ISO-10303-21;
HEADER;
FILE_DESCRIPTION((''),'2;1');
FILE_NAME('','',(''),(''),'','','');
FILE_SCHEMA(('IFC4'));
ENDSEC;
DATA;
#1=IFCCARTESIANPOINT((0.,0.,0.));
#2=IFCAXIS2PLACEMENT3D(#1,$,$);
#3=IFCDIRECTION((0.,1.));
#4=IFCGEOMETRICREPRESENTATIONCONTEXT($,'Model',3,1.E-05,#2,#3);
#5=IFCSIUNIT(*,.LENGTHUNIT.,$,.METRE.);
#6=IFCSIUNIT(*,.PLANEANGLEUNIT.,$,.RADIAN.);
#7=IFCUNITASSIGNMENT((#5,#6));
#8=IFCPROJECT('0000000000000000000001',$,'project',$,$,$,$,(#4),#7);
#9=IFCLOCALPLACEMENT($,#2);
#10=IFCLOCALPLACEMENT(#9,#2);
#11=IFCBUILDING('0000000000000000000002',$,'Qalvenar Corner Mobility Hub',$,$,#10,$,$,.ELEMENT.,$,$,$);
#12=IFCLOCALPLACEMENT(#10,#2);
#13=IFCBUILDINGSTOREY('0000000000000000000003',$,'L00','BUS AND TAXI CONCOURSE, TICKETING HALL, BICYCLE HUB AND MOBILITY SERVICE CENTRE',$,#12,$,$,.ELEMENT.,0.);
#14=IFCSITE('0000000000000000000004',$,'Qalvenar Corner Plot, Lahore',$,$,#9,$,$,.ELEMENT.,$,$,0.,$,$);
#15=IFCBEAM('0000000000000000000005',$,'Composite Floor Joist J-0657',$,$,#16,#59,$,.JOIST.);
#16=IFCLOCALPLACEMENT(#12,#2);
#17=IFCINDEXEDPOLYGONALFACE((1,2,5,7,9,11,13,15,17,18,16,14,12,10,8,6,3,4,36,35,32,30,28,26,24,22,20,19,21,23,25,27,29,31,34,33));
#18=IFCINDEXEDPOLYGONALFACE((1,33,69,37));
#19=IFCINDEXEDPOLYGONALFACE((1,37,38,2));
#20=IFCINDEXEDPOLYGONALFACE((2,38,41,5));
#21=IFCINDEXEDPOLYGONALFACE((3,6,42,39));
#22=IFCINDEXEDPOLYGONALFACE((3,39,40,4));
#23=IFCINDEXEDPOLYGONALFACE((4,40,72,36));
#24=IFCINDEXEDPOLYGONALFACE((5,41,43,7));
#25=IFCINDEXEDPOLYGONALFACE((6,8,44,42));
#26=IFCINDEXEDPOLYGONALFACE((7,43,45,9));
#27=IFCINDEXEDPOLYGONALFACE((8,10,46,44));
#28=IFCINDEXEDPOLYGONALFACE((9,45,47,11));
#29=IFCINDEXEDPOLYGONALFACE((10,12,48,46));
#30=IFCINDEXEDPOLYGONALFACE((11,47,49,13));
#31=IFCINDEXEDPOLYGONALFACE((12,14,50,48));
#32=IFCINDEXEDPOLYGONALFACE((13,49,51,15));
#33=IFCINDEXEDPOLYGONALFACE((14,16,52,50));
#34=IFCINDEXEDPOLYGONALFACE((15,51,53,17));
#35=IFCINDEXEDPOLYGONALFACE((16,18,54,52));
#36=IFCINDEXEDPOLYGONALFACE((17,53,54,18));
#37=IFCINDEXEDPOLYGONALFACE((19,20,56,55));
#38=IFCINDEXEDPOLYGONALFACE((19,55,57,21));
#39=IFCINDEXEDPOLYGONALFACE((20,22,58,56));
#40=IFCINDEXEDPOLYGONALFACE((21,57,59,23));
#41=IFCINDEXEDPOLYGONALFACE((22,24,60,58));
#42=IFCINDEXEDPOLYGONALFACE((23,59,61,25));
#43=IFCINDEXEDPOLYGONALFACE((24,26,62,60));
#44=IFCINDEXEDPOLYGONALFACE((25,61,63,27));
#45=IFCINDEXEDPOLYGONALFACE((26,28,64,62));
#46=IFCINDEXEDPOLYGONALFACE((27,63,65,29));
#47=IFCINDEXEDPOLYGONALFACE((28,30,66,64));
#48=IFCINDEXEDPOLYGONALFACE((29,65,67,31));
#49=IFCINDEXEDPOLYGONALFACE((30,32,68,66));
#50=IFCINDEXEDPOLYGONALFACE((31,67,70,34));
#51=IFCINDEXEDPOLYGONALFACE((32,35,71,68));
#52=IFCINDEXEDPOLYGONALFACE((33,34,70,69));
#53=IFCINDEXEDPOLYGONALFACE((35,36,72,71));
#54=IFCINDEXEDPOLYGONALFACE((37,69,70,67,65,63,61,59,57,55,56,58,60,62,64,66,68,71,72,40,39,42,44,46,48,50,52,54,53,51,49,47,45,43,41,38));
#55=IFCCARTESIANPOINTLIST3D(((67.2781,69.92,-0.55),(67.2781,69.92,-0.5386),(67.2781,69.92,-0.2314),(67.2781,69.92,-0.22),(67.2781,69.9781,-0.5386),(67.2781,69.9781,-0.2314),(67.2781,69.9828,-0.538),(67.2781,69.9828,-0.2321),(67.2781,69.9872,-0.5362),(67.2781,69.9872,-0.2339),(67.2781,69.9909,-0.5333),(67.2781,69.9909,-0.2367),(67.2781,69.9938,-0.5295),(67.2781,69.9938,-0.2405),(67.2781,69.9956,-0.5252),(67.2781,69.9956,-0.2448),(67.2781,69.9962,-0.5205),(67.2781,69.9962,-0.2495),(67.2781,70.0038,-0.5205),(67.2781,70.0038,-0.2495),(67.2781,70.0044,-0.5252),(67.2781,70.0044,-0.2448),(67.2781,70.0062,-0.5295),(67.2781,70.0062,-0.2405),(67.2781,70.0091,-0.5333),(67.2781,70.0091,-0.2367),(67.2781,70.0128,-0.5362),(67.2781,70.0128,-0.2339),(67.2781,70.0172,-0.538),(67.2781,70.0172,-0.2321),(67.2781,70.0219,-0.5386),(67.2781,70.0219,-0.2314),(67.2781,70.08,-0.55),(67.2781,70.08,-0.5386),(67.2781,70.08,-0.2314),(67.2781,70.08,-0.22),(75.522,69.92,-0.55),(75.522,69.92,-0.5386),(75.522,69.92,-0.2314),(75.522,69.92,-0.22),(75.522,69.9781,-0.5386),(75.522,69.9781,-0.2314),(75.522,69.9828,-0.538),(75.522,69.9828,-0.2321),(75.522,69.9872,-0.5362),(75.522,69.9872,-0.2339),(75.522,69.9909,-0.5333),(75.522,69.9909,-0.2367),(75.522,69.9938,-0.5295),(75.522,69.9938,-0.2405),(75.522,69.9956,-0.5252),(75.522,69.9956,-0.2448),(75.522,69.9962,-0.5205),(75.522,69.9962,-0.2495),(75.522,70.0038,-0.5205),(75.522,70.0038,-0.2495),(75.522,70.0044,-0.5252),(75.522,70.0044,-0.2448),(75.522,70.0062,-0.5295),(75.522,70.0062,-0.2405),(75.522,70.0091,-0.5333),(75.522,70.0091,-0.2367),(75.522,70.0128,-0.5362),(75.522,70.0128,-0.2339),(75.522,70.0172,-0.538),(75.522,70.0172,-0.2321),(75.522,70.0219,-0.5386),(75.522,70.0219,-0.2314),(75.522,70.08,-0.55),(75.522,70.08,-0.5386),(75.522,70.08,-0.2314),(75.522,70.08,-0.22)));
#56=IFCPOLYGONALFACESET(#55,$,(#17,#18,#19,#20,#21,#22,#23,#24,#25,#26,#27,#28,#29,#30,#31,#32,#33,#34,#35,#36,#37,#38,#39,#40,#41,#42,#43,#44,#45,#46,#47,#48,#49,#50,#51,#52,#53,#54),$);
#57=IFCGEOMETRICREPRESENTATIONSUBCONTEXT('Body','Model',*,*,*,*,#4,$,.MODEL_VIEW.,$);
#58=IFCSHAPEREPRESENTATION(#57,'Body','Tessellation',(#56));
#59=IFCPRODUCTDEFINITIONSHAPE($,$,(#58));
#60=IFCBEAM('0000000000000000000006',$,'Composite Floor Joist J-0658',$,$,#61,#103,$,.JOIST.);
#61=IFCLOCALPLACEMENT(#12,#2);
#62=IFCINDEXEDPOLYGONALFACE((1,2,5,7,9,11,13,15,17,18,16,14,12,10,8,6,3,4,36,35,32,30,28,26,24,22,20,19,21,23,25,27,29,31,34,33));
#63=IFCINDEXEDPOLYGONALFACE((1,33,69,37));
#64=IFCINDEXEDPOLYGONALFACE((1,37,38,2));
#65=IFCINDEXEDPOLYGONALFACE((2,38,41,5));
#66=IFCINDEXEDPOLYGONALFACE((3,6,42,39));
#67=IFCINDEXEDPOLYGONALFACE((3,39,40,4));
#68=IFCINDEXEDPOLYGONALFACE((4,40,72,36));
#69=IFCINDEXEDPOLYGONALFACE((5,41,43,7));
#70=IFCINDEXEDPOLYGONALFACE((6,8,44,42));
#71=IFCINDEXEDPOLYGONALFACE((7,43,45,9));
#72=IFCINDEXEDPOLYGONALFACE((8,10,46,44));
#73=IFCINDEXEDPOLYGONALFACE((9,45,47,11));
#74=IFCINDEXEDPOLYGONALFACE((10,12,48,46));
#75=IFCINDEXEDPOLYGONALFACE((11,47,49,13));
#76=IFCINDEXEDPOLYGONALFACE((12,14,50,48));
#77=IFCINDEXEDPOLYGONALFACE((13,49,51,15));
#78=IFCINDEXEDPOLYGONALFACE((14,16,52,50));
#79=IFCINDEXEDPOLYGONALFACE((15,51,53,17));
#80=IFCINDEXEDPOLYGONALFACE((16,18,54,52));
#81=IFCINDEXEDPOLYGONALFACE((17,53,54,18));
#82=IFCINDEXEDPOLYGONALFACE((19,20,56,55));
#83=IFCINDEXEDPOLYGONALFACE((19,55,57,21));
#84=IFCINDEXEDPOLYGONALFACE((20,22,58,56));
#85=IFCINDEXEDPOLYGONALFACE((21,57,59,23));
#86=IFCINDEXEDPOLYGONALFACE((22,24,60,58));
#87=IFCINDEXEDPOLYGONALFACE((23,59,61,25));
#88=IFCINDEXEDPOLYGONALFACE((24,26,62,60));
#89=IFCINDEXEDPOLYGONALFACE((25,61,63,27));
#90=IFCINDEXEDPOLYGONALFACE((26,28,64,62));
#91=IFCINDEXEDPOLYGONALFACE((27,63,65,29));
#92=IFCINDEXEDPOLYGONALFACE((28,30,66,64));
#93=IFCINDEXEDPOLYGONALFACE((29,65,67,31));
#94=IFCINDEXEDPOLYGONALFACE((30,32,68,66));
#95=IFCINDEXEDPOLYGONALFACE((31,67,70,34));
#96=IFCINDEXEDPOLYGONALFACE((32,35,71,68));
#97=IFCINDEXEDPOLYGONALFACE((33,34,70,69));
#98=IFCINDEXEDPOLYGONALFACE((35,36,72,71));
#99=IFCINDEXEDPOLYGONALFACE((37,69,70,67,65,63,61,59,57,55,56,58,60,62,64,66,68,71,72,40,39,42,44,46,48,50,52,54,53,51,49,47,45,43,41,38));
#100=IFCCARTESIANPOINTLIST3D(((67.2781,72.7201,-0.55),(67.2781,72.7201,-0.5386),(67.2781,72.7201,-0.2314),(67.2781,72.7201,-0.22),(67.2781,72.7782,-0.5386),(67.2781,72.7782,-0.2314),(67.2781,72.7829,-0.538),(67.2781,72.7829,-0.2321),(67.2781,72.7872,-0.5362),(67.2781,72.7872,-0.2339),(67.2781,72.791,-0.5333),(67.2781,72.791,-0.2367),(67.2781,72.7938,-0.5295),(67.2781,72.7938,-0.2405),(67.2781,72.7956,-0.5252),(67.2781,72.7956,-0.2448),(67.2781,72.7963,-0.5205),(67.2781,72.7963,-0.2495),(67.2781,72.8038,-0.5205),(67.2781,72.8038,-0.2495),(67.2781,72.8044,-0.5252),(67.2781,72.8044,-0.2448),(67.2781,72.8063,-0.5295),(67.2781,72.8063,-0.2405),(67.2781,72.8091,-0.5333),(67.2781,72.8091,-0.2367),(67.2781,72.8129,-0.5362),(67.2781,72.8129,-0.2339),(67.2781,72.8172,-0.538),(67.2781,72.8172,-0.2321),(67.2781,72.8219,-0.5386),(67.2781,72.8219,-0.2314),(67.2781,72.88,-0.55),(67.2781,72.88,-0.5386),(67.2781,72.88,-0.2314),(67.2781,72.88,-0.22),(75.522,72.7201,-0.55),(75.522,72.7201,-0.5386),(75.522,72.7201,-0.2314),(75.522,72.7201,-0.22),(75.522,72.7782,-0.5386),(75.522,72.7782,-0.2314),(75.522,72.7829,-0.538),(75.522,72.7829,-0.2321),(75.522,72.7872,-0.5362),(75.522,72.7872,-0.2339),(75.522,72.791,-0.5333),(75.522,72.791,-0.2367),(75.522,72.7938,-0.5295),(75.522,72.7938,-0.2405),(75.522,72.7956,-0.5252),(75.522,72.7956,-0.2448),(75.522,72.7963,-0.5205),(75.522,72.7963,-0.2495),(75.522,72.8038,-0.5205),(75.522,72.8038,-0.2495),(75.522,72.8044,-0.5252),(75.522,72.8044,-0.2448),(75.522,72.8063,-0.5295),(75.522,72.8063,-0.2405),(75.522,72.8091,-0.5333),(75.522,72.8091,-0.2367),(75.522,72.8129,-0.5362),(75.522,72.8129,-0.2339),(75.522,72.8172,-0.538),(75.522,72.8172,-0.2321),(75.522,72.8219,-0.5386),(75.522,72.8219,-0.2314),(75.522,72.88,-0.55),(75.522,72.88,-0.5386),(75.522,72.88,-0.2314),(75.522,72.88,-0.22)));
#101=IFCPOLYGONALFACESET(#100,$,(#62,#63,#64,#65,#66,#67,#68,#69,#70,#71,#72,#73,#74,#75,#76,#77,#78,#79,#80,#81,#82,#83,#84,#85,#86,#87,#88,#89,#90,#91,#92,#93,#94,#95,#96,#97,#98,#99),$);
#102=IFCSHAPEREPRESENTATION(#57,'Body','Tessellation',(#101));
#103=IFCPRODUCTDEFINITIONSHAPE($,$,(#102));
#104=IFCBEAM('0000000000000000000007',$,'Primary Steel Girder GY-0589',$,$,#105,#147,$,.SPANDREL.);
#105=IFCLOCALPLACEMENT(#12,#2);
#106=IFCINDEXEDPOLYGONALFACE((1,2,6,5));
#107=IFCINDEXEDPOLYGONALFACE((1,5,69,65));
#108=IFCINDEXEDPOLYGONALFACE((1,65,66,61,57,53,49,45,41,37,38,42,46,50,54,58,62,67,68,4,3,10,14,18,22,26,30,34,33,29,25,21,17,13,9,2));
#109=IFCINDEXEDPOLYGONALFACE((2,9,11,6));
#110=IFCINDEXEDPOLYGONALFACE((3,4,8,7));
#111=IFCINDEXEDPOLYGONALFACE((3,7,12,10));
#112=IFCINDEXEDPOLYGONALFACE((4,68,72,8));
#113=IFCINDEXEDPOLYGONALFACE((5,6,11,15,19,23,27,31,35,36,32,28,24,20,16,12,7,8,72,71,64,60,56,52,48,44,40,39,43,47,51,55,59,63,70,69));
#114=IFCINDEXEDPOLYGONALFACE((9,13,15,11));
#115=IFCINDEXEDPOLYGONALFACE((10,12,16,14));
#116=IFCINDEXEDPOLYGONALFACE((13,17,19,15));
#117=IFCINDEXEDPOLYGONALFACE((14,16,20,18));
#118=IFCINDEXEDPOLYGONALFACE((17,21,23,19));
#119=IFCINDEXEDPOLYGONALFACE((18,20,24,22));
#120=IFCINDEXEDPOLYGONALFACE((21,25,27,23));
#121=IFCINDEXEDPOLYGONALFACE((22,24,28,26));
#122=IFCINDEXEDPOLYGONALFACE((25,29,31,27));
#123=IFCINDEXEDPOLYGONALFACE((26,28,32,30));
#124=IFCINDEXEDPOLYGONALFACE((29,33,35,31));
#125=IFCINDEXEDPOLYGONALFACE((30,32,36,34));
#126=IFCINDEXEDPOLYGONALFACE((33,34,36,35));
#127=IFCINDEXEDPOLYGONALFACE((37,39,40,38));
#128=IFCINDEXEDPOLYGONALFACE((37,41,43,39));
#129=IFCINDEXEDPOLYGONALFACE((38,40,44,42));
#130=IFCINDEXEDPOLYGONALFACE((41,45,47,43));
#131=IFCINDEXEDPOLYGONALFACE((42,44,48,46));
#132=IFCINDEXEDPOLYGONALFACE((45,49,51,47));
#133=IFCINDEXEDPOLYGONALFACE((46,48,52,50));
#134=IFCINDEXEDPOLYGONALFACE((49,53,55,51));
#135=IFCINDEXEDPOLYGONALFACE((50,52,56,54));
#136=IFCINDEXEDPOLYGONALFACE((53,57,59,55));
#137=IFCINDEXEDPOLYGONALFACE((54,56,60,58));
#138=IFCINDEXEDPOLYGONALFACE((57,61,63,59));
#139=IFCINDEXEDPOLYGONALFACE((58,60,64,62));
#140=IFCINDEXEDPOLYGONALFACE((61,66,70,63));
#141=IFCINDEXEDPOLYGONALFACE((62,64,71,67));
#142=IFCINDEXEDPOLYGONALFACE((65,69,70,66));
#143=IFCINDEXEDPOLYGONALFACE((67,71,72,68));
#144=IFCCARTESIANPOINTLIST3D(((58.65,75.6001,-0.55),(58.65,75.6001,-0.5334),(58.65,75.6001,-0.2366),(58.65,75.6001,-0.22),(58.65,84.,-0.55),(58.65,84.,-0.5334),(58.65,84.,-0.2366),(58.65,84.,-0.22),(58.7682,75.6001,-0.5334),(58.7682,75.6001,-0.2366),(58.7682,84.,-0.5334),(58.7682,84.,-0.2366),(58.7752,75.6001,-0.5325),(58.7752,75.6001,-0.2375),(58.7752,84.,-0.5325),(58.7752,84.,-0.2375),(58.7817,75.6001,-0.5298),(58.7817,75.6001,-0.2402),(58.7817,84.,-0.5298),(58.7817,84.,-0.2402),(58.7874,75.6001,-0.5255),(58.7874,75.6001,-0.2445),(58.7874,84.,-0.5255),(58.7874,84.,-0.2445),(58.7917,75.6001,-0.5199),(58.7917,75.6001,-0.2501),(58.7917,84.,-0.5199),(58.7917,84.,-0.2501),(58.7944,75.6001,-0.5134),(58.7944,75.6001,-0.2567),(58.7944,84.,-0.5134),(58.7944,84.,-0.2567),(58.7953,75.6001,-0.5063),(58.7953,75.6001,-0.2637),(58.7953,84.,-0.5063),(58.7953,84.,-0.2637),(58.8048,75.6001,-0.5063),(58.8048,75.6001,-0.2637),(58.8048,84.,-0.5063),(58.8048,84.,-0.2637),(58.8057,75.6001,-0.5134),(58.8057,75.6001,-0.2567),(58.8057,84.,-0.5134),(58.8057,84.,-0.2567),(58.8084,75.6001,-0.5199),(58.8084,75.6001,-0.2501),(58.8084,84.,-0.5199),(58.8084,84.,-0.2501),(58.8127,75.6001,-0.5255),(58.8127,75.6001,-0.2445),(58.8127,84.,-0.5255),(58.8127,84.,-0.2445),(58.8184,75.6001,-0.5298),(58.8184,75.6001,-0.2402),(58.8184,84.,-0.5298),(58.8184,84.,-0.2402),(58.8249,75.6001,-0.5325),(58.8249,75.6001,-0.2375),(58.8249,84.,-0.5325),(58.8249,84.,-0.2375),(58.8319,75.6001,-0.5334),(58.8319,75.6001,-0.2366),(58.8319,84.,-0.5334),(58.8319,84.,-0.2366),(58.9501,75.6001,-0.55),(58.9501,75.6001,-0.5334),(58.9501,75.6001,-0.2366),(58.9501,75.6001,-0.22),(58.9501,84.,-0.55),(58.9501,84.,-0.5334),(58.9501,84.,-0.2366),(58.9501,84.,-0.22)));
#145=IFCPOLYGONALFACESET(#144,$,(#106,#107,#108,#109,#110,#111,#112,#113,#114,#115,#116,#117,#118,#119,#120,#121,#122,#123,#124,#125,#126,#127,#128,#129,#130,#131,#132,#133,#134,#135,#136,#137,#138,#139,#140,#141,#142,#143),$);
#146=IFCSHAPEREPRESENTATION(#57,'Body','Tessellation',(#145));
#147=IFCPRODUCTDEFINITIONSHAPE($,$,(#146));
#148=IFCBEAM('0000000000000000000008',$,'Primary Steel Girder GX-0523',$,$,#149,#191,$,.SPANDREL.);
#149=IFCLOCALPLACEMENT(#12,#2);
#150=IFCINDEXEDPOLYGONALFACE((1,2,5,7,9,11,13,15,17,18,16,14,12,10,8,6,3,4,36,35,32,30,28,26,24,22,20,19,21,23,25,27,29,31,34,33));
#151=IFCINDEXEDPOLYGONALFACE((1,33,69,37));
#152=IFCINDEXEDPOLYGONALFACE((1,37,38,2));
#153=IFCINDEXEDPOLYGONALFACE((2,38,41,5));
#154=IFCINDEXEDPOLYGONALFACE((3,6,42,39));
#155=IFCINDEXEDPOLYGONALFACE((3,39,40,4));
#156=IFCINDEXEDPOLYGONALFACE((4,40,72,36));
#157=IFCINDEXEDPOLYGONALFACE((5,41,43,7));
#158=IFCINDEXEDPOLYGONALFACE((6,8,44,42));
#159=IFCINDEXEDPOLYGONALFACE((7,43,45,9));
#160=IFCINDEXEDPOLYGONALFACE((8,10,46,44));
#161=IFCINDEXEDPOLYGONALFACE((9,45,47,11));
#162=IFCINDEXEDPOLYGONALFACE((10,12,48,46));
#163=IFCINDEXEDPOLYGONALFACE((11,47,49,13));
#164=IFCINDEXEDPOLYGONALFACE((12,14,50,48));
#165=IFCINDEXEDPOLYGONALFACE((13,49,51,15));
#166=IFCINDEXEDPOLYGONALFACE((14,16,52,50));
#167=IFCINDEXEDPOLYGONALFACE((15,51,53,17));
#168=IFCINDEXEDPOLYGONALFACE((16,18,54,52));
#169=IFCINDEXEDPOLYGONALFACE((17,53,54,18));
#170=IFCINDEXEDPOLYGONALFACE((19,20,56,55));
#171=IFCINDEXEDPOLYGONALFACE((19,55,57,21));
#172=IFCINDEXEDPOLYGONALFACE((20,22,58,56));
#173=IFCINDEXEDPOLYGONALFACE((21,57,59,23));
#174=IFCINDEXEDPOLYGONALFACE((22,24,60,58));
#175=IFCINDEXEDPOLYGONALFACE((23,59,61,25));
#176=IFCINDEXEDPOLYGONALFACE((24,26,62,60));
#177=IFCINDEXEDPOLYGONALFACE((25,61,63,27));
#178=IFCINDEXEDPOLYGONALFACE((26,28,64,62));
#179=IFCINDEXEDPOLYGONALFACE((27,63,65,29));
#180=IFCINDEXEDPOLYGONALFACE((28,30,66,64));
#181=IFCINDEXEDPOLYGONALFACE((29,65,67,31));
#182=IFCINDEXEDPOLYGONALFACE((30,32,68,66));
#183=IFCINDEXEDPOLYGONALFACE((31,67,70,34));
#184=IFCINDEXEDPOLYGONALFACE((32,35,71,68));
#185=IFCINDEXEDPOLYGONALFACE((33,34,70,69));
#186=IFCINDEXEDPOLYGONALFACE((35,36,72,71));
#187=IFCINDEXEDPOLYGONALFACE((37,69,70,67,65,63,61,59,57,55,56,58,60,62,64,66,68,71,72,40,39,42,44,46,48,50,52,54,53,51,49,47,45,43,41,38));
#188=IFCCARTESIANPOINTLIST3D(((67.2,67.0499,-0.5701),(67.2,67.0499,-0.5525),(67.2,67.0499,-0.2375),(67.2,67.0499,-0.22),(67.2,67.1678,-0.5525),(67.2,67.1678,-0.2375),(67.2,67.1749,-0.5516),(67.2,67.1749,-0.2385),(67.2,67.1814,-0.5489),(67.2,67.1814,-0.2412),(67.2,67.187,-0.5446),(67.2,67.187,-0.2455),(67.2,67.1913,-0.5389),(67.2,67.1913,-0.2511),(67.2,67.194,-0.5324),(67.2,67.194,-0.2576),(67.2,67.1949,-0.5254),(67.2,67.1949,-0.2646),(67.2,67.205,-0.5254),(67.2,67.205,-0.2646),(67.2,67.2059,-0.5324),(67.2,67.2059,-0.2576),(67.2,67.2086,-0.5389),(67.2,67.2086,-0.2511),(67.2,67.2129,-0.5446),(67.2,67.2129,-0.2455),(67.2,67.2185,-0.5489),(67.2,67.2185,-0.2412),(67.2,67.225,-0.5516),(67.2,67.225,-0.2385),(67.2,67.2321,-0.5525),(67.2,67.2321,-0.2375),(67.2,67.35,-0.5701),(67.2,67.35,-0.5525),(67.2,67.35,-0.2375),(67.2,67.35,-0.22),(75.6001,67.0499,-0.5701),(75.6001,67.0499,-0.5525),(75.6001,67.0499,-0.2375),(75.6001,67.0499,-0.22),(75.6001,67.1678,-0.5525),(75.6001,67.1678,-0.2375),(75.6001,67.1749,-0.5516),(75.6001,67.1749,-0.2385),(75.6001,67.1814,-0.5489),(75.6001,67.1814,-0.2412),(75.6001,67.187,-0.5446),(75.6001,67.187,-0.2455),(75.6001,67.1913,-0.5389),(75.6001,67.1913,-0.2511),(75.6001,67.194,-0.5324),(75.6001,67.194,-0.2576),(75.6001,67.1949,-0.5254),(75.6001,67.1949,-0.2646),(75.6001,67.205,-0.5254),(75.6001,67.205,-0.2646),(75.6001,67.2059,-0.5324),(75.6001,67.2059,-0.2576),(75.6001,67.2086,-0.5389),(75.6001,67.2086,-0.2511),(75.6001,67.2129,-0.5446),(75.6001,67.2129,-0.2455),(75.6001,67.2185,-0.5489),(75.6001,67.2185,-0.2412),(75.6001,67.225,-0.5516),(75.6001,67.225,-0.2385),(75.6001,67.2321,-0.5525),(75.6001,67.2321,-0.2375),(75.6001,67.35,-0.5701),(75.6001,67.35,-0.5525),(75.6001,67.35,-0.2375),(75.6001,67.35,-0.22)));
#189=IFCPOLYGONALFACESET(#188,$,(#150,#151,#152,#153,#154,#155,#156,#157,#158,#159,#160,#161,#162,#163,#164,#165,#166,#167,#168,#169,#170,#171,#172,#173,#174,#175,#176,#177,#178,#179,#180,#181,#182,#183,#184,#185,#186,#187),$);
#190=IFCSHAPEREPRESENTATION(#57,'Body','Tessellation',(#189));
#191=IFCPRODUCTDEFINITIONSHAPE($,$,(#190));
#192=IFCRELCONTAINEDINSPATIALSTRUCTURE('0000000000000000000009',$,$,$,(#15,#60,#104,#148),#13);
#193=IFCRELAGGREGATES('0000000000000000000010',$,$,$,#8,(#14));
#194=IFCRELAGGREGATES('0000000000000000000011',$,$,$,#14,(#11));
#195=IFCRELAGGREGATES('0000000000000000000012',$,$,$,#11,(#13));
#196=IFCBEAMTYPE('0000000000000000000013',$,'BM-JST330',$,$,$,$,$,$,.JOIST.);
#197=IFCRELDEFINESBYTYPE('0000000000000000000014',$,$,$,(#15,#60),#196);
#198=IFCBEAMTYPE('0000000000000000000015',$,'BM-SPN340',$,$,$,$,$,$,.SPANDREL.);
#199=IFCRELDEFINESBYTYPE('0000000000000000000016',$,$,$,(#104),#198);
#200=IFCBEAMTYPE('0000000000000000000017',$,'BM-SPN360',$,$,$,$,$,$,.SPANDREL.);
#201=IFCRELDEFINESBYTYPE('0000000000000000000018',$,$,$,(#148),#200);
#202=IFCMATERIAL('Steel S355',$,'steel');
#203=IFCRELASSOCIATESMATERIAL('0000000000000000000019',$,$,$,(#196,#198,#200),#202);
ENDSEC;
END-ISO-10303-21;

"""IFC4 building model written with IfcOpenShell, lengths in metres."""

from ifc_helpers import new_model, si_unit, direction, frame, origin, origin_2d, place, context, subcontext, project, spatial, i_section, extrude, material, material_profile, profile_set, type_object, element, save


model = new_model("IFC4")

# Units and contexts
model_context = context("Model", 3, precision=1e-05, world=origin(), true_north=direction((0.0, 1.0)))
body_context = subcontext(model_context, "Body", "Model", "MODEL_VIEW")
ifc_project = project(units=[si_unit("LENGTHUNIT", "METRE"), si_unit("PLANEANGLEUNIT", "RADIAN")], contexts=[model_context])

# Site, building, storey
site_placement = place(None, origin())
site = spatial("IfcSite", under=ifc_project, at=site_placement, Name="Qalvenar Corner Plot, Lahore", CompositionType="ELEMENT", RefElevation=0.0)
building_placement = place(site_placement, origin())
building = spatial("IfcBuilding", under=site, at=building_placement, Name="Qalvenar Corner Mobility Hub", CompositionType="ELEMENT")
storey_placement = place(building_placement, origin())
storey = spatial("IfcBuildingStorey", under=building, at=storey_placement, Name="L00", Description="BUS AND TAXI CONCOURSE, TICKETING HALL, BICYCLE HUB AND MOBILITY SERVICE CENTRE", CompositionType="ELEMENT", Elevation=0.0)

# Shared definitions
ifc_material_1 = material(Name="Steel S355", Category="steel")

# Beams
ifc_material_profile_1 = material_profile(ifc_material_1, i_section(OverallWidth=0.1599, OverallDepth=0.3301, WebThickness=0.0076, FlangeThickness=0.0115, FilletRadius=0.0181, at=origin_2d()), Name="IPE330")
ifc_profile_set_1 = profile_set([ifc_material_profile_1], Name="Steel S355")
beam_type_1 = type_object("IfcBeamType", Name="BM-JST330", PredefinedType="JOIST", material=ifc_profile_set_1)
for number, where, z_axis, x_axis, name in (
    (1, (67.2781, 70.0, -0.385), (1.0, 0.0, 0.0), (0.0, 1.0, 0.0), "Composite Floor Joist J-0657"),
    (2, (67.2781, 72.8, -0.385), (1.0, 0.0, 0.0), (0.0, 1.0, 0.0), "Composite Floor Joist J-0658"),
):
    element("IfcBeam", number, at=place(storey_placement, frame(where, z_axis=z_axis, x_axis=x_axis)), inside=storey, type_object=beam_type_1, Name=name, PredefinedType="JOIST", context=body_context, shape_type="SweptSolid", body=[
        extrude(i_section(OverallWidth=0.1599, OverallDepth=0.3301, WebThickness=0.0076, FlangeThickness=0.0115, FilletRadius=0.0181, at=origin_2d()), origin(), (0.0, 0.0, 1.0), 8.2439),
    ])
ifc_material_profile_2 = material_profile(ifc_material_1, i_section(OverallWidth=0.3, OverallDepth=0.3301, WebThickness=0.0095, FlangeThickness=0.0166, FilletRadius=0.0271, at=origin_2d()), Name="HEA340")
ifc_profile_set_2 = profile_set([ifc_material_profile_2], Name="Steel S355")
beam_type_2 = type_object("IfcBeamType", Name="BM-SPN340", PredefinedType="SPANDREL", material=ifc_profile_set_2)
beam_1_placement = place(storey_placement, frame((58.8, 75.6001, -0.385), z_axis=(0.0, 1.0, 0.0), x_axis=(-1.0, 0.0, 0.0)))
element("IfcBeam", 3, at=beam_1_placement, inside=storey, type_object=beam_type_2, Name="Primary Steel Girder GY-0589", PredefinedType="SPANDREL", context=body_context, shape_type="SweptSolid", body=[
    extrude(i_section(OverallWidth=0.3, OverallDepth=0.3301, WebThickness=0.0095, FlangeThickness=0.0166, FilletRadius=0.0271, at=origin_2d()), origin(), (0.0, 0.0, 1.0), 8.3999),
])
ifc_material_profile_3 = material_profile(ifc_material_1, i_section(OverallWidth=0.3, OverallDepth=0.3501, WebThickness=0.01, FlangeThickness=0.0176, FilletRadius=0.0271, at=origin_2d()), Name="HEA360")
ifc_profile_set_3 = profile_set([ifc_material_profile_3], Name="Steel S355")
beam_type_3 = type_object("IfcBeamType", Name="BM-SPN360", PredefinedType="SPANDREL", material=ifc_profile_set_3)
beam_2_placement = place(storey_placement, frame((67.2, 67.2, -0.395), z_axis=(1.0, 0.0, 0.0), x_axis=(0.0, 1.0, 0.0)))
element("IfcBeam", 4, at=beam_2_placement, inside=storey, type_object=beam_type_3, Name="Primary Steel Girder GX-0523", PredefinedType="SPANDREL", context=body_context, shape_type="SweptSolid", body=[
    extrude(i_section(OverallWidth=0.3, OverallDepth=0.3501, WebThickness=0.01, FlangeThickness=0.0176, FilletRadius=0.0271, at=origin_2d()), origin(), (0.0, 0.0, 1.0), 8.4001),
])

save(model, "model.ifc")
